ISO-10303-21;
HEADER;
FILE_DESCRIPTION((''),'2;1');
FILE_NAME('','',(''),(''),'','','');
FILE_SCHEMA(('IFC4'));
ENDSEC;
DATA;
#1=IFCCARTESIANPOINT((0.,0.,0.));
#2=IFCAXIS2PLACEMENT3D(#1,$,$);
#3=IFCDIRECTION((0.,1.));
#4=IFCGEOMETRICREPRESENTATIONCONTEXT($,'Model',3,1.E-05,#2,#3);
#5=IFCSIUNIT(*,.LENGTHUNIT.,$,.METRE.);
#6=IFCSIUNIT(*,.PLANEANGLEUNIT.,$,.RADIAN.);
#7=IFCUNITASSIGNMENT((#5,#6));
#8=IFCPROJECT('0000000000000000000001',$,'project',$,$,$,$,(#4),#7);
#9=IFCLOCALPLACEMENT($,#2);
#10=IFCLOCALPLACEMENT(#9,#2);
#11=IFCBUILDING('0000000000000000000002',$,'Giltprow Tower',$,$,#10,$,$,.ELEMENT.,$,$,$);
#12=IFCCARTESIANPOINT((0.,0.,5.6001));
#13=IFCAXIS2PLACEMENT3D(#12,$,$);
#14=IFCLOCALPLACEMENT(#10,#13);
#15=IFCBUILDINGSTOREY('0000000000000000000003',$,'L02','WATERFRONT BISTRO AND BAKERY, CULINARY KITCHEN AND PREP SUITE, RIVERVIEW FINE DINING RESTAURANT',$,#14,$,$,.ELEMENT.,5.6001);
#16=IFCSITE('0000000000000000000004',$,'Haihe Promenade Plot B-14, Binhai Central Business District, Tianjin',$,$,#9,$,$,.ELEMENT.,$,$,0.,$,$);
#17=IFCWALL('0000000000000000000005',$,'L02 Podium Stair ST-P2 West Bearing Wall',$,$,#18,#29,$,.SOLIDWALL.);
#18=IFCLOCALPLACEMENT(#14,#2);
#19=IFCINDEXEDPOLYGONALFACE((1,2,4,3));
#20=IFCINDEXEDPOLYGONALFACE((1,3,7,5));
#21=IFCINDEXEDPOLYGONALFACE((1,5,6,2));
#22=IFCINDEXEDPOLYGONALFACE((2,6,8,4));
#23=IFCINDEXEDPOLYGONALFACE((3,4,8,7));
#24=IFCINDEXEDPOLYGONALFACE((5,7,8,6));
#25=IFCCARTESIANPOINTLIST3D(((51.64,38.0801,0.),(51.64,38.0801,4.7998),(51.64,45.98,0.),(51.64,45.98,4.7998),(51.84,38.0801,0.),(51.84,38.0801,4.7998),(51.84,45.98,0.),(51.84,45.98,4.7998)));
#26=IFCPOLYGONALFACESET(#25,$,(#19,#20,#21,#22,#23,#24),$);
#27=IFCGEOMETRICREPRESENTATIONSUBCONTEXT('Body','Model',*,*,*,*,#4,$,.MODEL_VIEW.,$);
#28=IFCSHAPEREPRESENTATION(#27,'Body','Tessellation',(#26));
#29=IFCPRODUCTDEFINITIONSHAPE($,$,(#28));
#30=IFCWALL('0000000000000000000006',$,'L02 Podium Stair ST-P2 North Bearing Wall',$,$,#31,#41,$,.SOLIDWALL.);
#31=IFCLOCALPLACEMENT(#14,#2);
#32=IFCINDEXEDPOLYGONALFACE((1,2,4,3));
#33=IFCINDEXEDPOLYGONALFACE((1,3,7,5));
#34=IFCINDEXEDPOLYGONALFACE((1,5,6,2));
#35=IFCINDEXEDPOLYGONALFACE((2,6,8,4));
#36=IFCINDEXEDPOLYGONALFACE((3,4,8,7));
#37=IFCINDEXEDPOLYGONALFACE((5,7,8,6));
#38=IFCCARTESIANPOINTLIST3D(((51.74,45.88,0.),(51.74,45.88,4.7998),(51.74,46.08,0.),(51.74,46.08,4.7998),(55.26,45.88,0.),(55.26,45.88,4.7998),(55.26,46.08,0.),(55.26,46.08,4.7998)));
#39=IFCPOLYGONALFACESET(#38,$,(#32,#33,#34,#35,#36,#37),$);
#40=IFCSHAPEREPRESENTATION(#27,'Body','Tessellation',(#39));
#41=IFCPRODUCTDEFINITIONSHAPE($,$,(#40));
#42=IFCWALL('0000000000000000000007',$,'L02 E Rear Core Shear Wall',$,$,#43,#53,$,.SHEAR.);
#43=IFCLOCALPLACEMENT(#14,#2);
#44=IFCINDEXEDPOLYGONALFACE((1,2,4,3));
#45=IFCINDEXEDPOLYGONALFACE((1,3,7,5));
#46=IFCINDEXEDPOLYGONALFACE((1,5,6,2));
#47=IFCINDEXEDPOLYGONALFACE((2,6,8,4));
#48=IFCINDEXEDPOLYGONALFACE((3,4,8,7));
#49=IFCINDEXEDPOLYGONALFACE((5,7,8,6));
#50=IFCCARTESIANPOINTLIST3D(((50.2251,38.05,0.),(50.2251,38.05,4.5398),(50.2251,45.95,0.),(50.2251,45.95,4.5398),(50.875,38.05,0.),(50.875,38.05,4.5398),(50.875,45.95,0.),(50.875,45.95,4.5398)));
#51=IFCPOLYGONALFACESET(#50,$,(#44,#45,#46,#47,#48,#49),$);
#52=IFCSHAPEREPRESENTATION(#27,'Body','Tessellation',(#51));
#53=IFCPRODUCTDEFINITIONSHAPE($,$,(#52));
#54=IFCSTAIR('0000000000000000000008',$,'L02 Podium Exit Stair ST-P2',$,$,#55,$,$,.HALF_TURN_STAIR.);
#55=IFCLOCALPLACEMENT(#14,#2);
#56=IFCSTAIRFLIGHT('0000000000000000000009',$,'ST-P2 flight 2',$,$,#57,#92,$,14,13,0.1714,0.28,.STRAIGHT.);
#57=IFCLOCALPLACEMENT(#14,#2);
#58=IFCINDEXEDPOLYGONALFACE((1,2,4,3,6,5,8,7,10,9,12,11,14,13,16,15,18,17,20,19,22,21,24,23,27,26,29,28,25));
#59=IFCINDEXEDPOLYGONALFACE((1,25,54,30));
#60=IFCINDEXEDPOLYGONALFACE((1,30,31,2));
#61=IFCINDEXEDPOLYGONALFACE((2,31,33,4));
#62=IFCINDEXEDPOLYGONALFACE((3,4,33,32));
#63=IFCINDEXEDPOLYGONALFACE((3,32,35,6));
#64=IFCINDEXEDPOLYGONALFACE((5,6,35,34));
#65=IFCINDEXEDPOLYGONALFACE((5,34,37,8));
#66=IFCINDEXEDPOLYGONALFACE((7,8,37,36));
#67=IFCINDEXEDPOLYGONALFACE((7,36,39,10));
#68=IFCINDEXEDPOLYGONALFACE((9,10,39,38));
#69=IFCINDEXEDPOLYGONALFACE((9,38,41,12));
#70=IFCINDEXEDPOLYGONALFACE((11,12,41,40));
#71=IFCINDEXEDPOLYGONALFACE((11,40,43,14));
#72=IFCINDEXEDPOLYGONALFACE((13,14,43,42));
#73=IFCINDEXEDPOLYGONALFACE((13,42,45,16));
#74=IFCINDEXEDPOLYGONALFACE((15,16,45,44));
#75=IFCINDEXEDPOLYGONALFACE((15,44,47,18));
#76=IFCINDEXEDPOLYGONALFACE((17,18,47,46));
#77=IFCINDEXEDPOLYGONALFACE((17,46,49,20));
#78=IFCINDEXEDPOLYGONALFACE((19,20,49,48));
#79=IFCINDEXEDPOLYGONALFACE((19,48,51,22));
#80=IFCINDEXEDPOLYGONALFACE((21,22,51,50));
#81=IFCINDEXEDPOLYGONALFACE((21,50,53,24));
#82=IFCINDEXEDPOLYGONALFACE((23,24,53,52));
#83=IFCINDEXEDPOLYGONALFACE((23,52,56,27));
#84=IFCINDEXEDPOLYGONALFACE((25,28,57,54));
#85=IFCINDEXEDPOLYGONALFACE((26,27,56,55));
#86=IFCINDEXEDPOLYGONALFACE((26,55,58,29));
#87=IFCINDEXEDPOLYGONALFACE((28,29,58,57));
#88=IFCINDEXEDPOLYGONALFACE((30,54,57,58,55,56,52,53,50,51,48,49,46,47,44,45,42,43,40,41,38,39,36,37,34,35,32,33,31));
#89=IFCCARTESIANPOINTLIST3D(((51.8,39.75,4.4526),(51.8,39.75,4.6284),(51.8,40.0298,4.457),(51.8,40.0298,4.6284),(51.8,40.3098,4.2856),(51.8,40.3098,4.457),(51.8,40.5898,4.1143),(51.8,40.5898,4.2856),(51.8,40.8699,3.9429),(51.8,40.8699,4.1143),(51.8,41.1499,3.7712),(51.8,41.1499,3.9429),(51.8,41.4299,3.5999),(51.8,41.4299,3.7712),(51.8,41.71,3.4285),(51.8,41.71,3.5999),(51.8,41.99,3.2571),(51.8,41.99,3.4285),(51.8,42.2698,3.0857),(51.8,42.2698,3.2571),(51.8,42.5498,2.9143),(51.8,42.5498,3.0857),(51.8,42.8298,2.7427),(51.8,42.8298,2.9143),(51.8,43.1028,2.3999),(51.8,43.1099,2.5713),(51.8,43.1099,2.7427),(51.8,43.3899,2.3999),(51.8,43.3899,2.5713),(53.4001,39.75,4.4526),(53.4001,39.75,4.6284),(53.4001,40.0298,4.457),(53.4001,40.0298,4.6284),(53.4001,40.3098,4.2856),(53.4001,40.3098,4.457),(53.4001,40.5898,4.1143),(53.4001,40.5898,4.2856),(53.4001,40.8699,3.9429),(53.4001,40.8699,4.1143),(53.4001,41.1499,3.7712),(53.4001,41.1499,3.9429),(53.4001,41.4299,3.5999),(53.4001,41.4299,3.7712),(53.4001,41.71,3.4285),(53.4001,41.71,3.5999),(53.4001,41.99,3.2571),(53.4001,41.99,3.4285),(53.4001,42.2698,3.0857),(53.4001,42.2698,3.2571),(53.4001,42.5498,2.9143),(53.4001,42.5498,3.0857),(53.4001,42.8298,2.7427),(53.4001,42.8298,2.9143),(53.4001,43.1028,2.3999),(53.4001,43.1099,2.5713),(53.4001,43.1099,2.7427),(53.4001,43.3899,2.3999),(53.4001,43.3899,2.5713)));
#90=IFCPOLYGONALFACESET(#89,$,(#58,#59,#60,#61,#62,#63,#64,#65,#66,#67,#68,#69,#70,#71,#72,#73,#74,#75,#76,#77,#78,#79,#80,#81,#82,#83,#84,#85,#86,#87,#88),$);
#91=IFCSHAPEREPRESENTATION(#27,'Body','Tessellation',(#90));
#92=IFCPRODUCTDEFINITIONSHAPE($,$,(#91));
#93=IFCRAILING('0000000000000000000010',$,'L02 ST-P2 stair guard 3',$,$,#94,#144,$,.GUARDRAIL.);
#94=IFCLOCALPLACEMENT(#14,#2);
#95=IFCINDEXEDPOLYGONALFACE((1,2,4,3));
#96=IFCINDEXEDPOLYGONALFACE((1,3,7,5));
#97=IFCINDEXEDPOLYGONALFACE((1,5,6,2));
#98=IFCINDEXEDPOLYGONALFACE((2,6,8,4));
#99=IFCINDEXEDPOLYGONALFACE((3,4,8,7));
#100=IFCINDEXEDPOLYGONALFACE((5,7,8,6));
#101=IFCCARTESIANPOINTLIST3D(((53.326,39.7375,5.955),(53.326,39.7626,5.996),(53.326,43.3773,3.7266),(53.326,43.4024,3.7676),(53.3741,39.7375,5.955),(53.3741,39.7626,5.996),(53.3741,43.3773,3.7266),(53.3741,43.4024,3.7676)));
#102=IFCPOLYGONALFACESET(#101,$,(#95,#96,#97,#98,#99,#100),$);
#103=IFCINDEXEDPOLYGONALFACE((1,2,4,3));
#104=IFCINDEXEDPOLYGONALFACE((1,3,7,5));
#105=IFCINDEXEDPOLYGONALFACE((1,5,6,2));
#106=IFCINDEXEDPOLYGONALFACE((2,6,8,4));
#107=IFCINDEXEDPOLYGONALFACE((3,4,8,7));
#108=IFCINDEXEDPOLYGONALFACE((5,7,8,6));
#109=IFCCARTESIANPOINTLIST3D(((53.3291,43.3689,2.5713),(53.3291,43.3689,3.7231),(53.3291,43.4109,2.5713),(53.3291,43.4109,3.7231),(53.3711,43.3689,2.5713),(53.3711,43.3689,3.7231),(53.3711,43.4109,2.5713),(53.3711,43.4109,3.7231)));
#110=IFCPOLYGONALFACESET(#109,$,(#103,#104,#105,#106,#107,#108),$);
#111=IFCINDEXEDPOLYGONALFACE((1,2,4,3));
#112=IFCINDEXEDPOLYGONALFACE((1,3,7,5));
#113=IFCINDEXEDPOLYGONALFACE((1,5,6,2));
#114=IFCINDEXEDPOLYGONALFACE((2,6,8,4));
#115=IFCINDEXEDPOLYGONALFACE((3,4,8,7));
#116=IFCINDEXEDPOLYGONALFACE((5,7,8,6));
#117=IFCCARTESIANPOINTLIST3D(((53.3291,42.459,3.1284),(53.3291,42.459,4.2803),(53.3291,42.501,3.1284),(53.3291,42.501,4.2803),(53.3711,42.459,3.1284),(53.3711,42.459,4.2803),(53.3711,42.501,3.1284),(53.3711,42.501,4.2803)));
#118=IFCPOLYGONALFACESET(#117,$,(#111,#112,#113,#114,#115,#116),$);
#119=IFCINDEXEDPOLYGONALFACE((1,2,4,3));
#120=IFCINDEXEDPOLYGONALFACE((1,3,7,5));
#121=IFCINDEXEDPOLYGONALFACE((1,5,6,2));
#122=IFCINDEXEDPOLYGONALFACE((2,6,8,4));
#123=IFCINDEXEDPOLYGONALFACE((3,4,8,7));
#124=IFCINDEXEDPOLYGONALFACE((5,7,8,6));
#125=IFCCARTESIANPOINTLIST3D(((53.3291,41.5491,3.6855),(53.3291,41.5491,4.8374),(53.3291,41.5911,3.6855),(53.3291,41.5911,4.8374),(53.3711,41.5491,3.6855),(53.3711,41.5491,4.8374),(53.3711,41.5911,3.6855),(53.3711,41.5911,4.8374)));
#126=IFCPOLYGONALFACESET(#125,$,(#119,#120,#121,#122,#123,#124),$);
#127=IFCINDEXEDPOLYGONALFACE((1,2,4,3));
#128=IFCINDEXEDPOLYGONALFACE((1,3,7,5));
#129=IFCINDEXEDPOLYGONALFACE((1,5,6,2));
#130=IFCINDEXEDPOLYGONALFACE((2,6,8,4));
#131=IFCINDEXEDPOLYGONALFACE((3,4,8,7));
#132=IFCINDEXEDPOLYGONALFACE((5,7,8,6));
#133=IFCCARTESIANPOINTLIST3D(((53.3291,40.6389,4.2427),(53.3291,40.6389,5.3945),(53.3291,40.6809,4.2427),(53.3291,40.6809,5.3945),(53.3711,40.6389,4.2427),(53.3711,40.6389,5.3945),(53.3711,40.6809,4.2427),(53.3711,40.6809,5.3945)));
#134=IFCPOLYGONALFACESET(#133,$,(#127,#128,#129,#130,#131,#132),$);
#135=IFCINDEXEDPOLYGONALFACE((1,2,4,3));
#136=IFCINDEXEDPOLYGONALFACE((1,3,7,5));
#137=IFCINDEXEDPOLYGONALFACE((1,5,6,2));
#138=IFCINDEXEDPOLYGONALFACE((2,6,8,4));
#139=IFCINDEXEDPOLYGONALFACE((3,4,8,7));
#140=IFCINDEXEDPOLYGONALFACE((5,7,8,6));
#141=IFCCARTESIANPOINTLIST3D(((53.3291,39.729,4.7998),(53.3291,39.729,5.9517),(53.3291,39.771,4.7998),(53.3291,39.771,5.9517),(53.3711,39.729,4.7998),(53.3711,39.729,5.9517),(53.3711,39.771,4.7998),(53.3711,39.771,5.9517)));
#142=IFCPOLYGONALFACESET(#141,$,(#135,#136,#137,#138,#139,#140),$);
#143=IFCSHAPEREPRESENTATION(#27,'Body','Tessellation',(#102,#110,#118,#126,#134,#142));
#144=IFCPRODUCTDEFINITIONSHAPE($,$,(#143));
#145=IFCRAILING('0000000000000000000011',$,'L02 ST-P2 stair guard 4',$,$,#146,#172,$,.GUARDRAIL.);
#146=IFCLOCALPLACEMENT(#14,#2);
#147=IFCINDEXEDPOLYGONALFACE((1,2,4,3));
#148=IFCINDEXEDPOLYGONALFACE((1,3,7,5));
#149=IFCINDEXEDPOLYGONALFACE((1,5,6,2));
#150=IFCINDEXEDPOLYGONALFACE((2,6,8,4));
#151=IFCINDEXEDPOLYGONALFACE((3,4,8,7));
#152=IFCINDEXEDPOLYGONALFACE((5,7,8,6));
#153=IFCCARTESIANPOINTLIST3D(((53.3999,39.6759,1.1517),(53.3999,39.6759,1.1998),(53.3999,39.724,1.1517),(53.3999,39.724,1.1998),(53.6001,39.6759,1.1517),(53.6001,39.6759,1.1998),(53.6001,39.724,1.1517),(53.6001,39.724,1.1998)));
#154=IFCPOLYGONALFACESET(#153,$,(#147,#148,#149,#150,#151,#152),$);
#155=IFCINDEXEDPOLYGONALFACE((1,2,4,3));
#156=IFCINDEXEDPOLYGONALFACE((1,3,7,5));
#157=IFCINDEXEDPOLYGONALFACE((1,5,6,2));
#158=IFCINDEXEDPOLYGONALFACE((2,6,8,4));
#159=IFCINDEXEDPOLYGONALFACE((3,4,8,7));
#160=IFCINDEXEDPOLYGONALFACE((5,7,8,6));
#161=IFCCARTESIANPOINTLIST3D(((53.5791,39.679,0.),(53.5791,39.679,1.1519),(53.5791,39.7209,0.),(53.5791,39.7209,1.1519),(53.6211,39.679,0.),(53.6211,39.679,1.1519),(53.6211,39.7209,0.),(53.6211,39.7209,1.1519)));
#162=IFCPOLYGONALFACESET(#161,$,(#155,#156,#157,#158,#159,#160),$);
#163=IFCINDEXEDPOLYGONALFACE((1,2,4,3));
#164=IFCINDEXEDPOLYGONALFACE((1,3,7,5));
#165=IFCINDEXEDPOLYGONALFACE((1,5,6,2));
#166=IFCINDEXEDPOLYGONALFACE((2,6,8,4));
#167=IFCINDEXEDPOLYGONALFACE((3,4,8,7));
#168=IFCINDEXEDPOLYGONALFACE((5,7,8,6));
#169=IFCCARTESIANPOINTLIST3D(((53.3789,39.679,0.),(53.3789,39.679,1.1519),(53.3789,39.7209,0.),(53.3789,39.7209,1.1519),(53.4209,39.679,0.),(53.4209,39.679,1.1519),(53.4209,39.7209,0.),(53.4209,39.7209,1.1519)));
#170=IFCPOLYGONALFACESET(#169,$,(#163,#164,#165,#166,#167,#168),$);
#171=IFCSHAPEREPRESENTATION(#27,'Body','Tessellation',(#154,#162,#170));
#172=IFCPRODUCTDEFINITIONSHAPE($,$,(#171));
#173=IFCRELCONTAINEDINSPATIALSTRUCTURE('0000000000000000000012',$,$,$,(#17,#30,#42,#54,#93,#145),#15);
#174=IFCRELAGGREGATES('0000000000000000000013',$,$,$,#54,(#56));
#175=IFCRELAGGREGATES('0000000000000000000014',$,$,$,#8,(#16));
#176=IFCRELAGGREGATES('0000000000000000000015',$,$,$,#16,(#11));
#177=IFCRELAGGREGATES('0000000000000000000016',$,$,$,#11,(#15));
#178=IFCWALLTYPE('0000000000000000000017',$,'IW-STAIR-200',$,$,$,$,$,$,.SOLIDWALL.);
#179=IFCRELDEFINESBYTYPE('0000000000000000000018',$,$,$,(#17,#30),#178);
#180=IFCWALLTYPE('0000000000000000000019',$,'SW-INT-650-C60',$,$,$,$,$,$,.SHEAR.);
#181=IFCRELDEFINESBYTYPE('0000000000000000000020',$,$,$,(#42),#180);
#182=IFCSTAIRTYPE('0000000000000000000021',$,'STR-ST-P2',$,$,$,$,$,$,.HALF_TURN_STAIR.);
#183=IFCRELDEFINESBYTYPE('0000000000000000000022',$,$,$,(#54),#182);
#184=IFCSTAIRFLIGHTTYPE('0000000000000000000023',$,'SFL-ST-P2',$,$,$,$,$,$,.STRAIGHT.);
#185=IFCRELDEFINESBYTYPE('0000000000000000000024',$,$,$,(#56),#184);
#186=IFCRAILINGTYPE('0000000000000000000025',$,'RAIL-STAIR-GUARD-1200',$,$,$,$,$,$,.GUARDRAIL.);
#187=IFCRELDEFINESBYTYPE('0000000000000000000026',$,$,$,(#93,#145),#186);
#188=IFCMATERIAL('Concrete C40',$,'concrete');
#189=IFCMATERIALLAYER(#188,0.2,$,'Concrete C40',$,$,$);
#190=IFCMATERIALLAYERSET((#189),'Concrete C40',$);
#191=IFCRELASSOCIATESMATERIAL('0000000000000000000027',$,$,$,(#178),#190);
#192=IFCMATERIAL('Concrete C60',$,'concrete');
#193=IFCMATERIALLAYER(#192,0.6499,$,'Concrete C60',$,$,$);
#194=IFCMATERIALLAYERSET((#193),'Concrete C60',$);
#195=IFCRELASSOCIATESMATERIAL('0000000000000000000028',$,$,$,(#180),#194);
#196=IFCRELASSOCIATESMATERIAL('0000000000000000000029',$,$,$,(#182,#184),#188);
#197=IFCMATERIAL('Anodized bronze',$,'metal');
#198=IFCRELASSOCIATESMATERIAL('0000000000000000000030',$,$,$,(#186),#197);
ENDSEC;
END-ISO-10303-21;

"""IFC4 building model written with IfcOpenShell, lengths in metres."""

from ifc_helpers import new_model, si_unit, direction, frame, frame_2d, origin, origin_2d, place, context, subcontext, project, spatial, polyline, rectangle, outline, extrude, material, layer, layer_set, type_object, element, aggregate, save


model = new_model("IFC4")

# Units and contexts
model_context = context("Model", 3, precision=1e-05, world=origin(), true_north=direction((0.0, 1.0)))
body_context = subcontext(model_context, "Body", "Model", "MODEL_VIEW")
ifc_project = project(units=[si_unit("LENGTHUNIT", "METRE"), si_unit("PLANEANGLEUNIT", "RADIAN")], contexts=[model_context])

# Site, building, storey
site_placement = place(None, origin())
site = spatial("IfcSite", under=ifc_project, at=site_placement, Name="Haihe Promenade Plot B-14, Binhai Central Business District, Tianjin", CompositionType="ELEMENT", RefElevation=0.0)
building_placement = place(site_placement, origin())
building = spatial("IfcBuilding", under=site, at=building_placement, Name="Giltprow Tower", CompositionType="ELEMENT")
storey_placement = place(building_placement, frame((0.0, 0.0, 5.6001)))
storey = spatial("IfcBuildingStorey", under=building, at=storey_placement, Name="L02", Description="WATERFRONT BISTRO AND BAKERY, CULINARY KITCHEN AND PREP SUITE, RIVERVIEW FINE DINING RESTAURANT", CompositionType="ELEMENT", Elevation=5.6001)

# Shared definitions
ifc_material_1 = material(Name="Concrete C60", Category="concrete")

# Shared definitions
ifc_material_2 = material(Name="Concrete C40", Category="concrete")

# Walls
ifc_layer_1 = layer(ifc_material_2, 0.2, Name="Concrete C40")
ifc_layer_set_1 = layer_set([ifc_layer_1], Name="Concrete C40")
wall_type_1 = type_object("IfcWallType", Name="IW-STAIR-200", PredefinedType="SOLIDWALL", material=ifc_layer_set_1)
wall_1_placement = place(storey_placement, frame((51.74, 38.0801, 0.0), z_axis=(0.0, 0.0, 1.0), x_axis=(0.0, 1.0, 0.0)))
element("IfcWall", 1, at=wall_1_placement, inside=storey, type_object=wall_type_1, Name="L02 Podium Stair ST-P2 West Bearing Wall", PredefinedType="SOLIDWALL", context=body_context, shape_type="SweptSolid", body=[
    extrude(rectangle(XDim=7.8999, YDim=0.2, at=frame_2d((3.95, 0.0))), origin(), (0.0, 0.0, 1.0), 4.7998),
])
wall_2_placement = place(storey_placement, frame((51.74, 45.98, 0.0), z_axis=(0.0, 0.0, 1.0), x_axis=(1.0, 0.0, 0.0)))
element("IfcWall", 2, at=wall_2_placement, inside=storey, type_object=wall_type_1, Name="L02 Podium Stair ST-P2 North Bearing Wall", PredefinedType="SOLIDWALL", context=body_context, shape_type="SweptSolid", body=[
    extrude(rectangle(XDim=3.52, YDim=0.2, at=frame_2d((1.76, 0.0))), origin(), (0.0, 0.0, 1.0), 4.7998),
])

# Wall
ifc_layer_2 = layer(ifc_material_1, 0.6499, Name="Concrete C60")
ifc_layer_set_2 = layer_set([ifc_layer_2], Name="Concrete C60")
wall_type_2 = type_object("IfcWallType", Name="SW-INT-650-C60", PredefinedType="SHEAR", material=ifc_layer_set_2)
wall_3_placement = place(storey_placement, frame((50.55, 38.05, 0.0), z_axis=(0.0, 0.0, 1.0), x_axis=(0.0, 1.0, 0.0)))
element("IfcWall", 3, at=wall_3_placement, inside=storey, type_object=wall_type_2, Name="L02 E Rear Core Shear Wall", PredefinedType="SHEAR", context=body_context, shape_type="SweptSolid", body=[
    extrude(rectangle(XDim=7.8999, YDim=0.6499, at=frame_2d((3.95, 0.0))), origin(), (0.0, 0.0, 1.0), 4.5398),
])

# Stair, stair flight
stair_type = type_object("IfcStairType", Name="STR-ST-P2", PredefinedType="HALF_TURN_STAIR", material=ifc_material_2)
stair_placement = place(storey_placement, origin())
stair = element("IfcStair", 4, at=stair_placement, inside=storey, type_object=stair_type, Name="L02 Podium Exit Stair ST-P2", PredefinedType="HALF_TURN_STAIR")
stair_flight_type = type_object("IfcStairFlightType", Name="SFL-ST-P2", PredefinedType="STRAIGHT", material=ifc_material_2)
stair_flight_placement = place(storey_placement, frame((52.6001, 43.3899, 2.3999), z_axis=(0.0, 0.0, 1.0), x_axis=(0.0, -1.0, 0.0)))
stair_flight = element("IfcStairFlight", 5, at=stair_flight_placement, type_object=stair_flight_type, Name="ST-P2 flight 2", NumberOfRisers=14, NumberOfTreads=13, PredefinedType="STRAIGHT", RiserHeight=0.1714, TreadLength=0.28, context=body_context, shape_type="SweptSolid", body=[
    extrude(outline(polyline([(0.0, 0.0), (0.0, 0.1714), (0.28, 0.1714), (0.28, 0.3428), (0.5601, 0.3428), (0.5601, 0.5144), (0.8401, 0.5144), (0.8401, 0.6858), (1.1201, 0.6858), (1.1201, 0.8572), (1.3999, 0.8572), (1.3999, 1.0286), (1.6799, 1.0286), (1.6799, 1.2), (1.96, 1.2), (1.96, 1.3713), (2.24, 1.3713), (2.24, 1.543), (2.52, 1.543), (2.52, 1.7144), (2.8, 1.7144), (2.8, 1.8857), (3.0801, 1.8857), (3.0801, 2.0571), (3.3601, 2.0571), (3.3601, 2.2285), (3.6399, 2.2285), (3.6399, 2.3999), (3.6399, 2.0527), (0.2871, 0.0), (0.0, 0.0)])), frame((0.0, 0.8, 0.0), z_axis=(0.0, -1.0, 0.0), x_axis=(1.0, 0.0, 0.0)), (0.0, 0.0, 1.0), 1.6001),
])
aggregate(stair, [stair_flight])

# Railings
ifc_material_3 = material(Name="Anodized bronze", Category="metal")
railing_type_1 = type_object("IfcRailingType", Name="RAIL-STAIR-GUARD-1200", PredefinedType="GUARDRAIL", material=ifc_material_3)
railing_1_placement = place(storey_placement, frame((53.3501, 43.3899, 2.5713)))
element("IfcRailing", 6, at=railing_1_placement, inside=storey, type_object=railing_type_1, Name="L02 ST-P2 stair guard 3", PredefinedType="GUARDRAIL", context=body_context, shape_type="SweptSolid", body=[
    extrude(rectangle(XDim=0.0481, YDim=0.0481, at=origin_2d()), frame((0.0, 0.0, 1.1758), z_axis=(0.0, -0.85285, 0.522156), x_axis=(1.0, 0.0, 0.0)), (0.0, 0.0, 1.0), 4.2678),
    extrude(rectangle(XDim=0.042, YDim=0.042, at=origin_2d()), origin(), (0.0, 0.0, 1.0), 1.1519),
    extrude(rectangle(XDim=0.042, YDim=0.042, at=origin_2d()), frame((0.0, -0.9099, 0.5571)), (0.0, 0.0, 1.0), 1.1519),
    extrude(rectangle(XDim=0.042, YDim=0.042, at=origin_2d()), frame((0.0, -1.8198, 1.1143)), (0.0, 0.0, 1.0), 1.1519),
    extrude(rectangle(XDim=0.042, YDim=0.042, at=origin_2d()), frame((0.0, -2.73, 1.6714)), (0.0, 0.0, 1.0), 1.1519),
    extrude(rectangle(XDim=0.042, YDim=0.042, at=origin_2d()), frame((0.0, -3.6399, 2.2285)), (0.0, 0.0, 1.0), 1.1519),
])
railing_2_placement = place(storey_placement, frame((53.6001, 39.7, 0.0)))
element("IfcRailing", 7, at=railing_2_placement, inside=storey, type_object=railing_type_1, Name="L02 ST-P2 stair guard 4", PredefinedType="GUARDRAIL", context=body_context, shape_type="SweptSolid", body=[
    extrude(rectangle(XDim=0.0481, YDim=0.0481, at=origin_2d()), frame((0.0, 0.0, 1.1758), z_axis=(-1.0, 0.0, 0.0), x_axis=(0.0, -1.0, 0.0)), (0.0, 0.0, 1.0), 0.2002),
    extrude(rectangle(XDim=0.042, YDim=0.042, at=origin_2d()), origin(), (0.0, 0.0, 1.0), 1.1519),
    extrude(rectangle(XDim=0.042, YDim=0.042, at=origin_2d()), frame((-0.2002, 0.0, 0.0)), (0.0, 0.0, 1.0), 1.1519),
])

save(model, "model.ifc")
